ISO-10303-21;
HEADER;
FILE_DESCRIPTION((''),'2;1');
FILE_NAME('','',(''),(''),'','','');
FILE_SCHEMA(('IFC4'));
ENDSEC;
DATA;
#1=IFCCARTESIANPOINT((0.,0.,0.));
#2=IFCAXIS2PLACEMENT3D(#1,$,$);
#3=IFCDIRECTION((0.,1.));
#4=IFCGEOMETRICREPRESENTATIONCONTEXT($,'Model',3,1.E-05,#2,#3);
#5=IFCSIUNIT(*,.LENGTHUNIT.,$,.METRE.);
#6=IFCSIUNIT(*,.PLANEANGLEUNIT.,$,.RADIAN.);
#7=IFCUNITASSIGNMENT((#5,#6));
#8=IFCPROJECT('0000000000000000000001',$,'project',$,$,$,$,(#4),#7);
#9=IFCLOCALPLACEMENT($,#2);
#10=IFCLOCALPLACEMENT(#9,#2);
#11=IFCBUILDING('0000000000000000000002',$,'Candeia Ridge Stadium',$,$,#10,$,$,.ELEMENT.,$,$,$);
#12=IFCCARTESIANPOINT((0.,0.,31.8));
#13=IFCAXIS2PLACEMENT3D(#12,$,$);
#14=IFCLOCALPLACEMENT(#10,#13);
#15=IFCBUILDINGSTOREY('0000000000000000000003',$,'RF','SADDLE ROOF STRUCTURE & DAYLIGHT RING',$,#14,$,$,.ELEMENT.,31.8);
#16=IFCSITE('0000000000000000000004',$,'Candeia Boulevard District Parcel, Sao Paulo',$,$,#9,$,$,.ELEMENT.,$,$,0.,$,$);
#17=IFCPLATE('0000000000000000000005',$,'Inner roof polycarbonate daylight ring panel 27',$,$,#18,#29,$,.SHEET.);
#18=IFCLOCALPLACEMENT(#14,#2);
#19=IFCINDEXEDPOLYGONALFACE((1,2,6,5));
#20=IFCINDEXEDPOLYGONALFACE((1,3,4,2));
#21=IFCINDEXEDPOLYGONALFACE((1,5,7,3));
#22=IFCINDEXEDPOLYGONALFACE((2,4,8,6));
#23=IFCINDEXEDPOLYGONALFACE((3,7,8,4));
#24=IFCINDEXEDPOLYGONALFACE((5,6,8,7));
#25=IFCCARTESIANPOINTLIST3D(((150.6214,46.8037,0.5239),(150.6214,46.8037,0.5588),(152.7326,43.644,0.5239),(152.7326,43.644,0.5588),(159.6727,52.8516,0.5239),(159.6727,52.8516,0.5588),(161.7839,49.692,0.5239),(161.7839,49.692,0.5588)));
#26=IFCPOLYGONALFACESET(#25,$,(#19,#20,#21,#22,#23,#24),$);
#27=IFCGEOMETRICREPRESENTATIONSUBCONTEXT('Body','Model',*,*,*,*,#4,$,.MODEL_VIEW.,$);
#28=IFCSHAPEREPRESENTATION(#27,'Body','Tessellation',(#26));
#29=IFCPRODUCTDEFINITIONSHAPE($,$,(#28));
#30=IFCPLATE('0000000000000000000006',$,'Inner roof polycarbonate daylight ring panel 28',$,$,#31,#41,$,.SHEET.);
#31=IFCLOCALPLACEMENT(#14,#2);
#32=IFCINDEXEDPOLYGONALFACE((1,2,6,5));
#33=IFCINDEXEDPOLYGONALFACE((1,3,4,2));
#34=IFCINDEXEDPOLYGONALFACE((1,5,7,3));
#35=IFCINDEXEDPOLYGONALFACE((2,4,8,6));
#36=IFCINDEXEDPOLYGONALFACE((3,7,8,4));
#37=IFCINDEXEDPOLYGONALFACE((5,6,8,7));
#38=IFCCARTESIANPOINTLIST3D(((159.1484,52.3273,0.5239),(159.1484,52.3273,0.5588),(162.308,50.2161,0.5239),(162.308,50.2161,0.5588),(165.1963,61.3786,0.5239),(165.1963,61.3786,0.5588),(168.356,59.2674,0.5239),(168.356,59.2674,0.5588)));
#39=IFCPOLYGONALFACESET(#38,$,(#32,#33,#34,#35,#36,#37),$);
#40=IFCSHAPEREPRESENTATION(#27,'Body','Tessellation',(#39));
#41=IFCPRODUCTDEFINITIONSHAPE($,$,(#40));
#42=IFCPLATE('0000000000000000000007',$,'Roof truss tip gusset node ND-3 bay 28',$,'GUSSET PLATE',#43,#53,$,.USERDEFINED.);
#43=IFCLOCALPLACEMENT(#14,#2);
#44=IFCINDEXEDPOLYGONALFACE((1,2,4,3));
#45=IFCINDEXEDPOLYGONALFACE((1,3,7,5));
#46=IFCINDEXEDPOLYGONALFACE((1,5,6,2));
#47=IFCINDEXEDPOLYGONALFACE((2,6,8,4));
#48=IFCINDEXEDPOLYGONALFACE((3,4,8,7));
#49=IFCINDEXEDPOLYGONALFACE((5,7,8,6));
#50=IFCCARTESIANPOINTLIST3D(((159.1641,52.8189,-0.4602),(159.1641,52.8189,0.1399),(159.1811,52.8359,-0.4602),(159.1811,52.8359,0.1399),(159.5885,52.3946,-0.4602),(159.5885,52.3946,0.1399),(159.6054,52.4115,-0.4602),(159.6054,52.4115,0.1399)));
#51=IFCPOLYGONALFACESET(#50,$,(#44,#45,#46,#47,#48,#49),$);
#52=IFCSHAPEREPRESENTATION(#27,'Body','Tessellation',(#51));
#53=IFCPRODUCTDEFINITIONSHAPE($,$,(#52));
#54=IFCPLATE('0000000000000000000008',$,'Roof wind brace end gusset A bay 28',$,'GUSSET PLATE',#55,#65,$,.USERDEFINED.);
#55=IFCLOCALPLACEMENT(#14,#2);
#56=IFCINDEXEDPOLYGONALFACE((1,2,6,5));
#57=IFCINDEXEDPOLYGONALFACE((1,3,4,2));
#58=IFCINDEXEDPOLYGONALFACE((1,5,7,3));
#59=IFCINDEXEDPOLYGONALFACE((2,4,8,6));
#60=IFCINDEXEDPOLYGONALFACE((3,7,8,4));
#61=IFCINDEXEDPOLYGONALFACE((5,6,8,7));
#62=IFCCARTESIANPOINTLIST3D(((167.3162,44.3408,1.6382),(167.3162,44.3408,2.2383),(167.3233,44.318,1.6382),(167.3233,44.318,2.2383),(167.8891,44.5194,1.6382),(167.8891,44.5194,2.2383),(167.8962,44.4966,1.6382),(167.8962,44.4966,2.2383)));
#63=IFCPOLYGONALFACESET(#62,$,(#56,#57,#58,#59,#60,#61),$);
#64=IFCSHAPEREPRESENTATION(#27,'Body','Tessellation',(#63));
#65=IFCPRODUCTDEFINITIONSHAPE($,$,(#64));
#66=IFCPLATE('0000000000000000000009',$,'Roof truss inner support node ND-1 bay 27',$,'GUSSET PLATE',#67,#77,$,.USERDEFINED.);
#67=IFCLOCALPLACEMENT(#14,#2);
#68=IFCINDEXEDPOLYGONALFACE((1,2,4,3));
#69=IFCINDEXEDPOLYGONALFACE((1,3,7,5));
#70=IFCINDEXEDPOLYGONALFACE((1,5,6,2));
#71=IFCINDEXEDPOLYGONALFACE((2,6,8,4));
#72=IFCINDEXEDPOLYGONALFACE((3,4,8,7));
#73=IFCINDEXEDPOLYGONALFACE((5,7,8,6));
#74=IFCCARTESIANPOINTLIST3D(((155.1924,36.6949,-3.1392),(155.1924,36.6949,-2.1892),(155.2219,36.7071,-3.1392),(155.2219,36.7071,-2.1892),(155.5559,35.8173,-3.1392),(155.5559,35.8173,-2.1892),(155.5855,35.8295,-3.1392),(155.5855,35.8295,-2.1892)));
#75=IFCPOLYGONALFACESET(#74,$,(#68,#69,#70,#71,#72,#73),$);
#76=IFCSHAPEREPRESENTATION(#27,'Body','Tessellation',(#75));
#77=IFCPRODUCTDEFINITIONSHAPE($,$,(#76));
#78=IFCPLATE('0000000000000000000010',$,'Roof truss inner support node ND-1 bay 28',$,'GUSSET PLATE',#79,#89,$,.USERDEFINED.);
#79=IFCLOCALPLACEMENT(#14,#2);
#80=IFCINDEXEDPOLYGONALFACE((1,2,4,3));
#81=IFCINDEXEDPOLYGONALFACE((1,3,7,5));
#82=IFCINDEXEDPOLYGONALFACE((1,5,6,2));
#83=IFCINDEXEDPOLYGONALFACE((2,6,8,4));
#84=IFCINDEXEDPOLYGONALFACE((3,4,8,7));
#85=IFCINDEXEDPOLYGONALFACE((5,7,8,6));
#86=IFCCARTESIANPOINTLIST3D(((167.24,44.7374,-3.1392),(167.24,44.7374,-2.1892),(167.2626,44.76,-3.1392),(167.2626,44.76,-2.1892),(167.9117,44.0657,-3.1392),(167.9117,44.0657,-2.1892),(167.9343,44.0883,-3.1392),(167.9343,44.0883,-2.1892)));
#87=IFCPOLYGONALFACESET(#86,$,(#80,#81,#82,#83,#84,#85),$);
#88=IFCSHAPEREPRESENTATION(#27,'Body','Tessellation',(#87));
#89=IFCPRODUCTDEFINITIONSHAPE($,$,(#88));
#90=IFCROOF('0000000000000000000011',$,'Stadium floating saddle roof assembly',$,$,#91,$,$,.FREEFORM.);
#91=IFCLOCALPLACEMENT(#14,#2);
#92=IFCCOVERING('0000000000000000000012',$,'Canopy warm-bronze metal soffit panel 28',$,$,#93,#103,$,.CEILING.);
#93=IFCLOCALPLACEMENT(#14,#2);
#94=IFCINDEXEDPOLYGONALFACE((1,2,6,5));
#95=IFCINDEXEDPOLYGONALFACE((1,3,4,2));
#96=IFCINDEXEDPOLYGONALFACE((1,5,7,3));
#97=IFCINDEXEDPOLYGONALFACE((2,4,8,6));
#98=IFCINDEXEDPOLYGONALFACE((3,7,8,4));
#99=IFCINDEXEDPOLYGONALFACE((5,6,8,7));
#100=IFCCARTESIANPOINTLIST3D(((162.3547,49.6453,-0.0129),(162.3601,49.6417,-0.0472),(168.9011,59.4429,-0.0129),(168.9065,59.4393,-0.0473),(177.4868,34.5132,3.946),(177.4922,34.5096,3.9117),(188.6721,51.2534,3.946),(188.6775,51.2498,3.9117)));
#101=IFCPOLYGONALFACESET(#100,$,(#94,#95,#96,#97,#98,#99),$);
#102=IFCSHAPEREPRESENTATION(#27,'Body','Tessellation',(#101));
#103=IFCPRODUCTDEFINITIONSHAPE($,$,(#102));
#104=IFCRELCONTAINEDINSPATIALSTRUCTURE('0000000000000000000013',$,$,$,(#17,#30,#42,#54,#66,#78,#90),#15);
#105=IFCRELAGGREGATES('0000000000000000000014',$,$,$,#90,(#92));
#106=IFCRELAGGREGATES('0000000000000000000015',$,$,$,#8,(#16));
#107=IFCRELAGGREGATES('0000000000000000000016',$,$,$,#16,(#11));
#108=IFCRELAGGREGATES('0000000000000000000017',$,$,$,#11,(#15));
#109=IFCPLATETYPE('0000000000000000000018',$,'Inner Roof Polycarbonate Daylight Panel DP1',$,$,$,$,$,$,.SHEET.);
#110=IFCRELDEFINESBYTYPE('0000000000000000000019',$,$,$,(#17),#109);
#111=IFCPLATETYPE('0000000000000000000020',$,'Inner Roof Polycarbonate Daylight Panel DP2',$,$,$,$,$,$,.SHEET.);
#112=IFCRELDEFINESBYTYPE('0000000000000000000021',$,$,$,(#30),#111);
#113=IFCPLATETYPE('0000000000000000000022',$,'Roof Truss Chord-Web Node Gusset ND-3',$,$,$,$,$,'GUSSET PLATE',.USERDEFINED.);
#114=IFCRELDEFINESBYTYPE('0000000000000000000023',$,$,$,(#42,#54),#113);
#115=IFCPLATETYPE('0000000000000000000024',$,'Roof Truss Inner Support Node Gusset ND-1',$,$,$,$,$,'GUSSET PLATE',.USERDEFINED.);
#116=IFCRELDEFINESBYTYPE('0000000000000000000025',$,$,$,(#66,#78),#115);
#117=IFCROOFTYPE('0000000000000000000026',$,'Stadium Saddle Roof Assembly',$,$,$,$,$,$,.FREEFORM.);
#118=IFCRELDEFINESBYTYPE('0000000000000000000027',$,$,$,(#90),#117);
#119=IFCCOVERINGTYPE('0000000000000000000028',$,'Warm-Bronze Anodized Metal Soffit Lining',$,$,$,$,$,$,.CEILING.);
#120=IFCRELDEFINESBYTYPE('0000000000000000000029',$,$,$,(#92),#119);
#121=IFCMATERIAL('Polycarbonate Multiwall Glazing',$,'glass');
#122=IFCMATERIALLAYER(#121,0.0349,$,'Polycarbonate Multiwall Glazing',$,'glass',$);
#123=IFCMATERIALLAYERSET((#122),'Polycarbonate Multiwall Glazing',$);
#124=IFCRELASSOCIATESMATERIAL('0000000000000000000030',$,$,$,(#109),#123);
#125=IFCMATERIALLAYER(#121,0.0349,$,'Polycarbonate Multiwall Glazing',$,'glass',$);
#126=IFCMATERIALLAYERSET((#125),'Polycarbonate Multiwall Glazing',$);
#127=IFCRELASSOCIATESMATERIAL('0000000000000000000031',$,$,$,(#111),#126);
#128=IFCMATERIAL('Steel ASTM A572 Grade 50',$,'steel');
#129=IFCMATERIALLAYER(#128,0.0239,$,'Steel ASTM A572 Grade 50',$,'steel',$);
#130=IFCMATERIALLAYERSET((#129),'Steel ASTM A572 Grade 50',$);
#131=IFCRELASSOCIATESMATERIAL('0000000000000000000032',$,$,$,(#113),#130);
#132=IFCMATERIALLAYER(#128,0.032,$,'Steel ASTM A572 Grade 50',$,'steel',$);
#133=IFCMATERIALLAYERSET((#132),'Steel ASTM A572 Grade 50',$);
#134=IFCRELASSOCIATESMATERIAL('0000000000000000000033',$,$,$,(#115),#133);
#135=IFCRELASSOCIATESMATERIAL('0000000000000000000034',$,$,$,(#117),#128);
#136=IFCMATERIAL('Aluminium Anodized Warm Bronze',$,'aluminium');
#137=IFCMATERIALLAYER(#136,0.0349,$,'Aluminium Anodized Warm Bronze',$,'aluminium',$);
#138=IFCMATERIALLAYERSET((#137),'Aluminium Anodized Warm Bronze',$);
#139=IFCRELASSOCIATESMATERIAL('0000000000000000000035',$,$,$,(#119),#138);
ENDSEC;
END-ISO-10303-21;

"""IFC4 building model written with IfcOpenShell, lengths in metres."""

from ifc_helpers import new_model, si_unit, direction, frame, origin, origin_2d, place, context, subcontext, project, spatial, polyline, rectangle, outline, extrude, material, layer, layer_set, type_object, element, aggregate, save


model = new_model("IFC4")

# Units and contexts
model_context = context("Model", 3, precision=1e-05, world=origin(), true_north=direction((0.0, 1.0)))
body_context = subcontext(model_context, "Body", "Model", "MODEL_VIEW")
ifc_project = project(units=[si_unit("LENGTHUNIT", "METRE"), si_unit("PLANEANGLEUNIT", "RADIAN")], contexts=[model_context])

# Site, building, storey
site_placement = place(None, origin())
site = spatial("IfcSite", under=ifc_project, at=site_placement, Name="Candeia Boulevard District Parcel, Sao Paulo", CompositionType="ELEMENT", RefElevation=0.0)
building_placement = place(site_placement, origin())
building = spatial("IfcBuilding", under=site, at=building_placement, Name="Candeia Ridge Stadium", CompositionType="ELEMENT")
storey_placement = place(building_placement, frame((0.0, 0.0, 31.8)))
storey = spatial("IfcBuildingStorey", under=building, at=storey_placement, Name="RF", Description="SADDLE ROOF STRUCTURE & DAYLIGHT RING", CompositionType="ELEMENT", Elevation=31.8)

# Shared definitions
ifc_material_1 = material(Name="Steel ASTM A572 Grade 50", Category="steel")

# Plates
ifc_material_2 = material(Name="Polycarbonate Multiwall Glazing", Category="glass")
ifc_layer_1 = layer(ifc_material_2, 0.0349, Name="Polycarbonate Multiwall Glazing", Category="glass")
ifc_layer_set_1 = layer_set([ifc_layer_1], Name="Polycarbonate Multiwall Glazing")
plate_type_1 = type_object("IfcPlateType", Name="Inner Roof Polycarbonate Daylight Panel DP1", PredefinedType="SHEET", material=ifc_layer_set_1)
plate_1_placement = place(storey_placement, frame((156.2026, 48.2478, 0.5239), z_axis=(0.0, 0.0, 1.0), x_axis=(0.83147, 0.55557, 0.0)))
element("IfcPlate", 1, at=plate_1_placement, inside=storey, type_object=plate_type_1, Name="Inner roof polycarbonate daylight ring panel 27", PredefinedType="SHEET", context=body_context, shape_type="SweptSolid", body=[
    extrude(rectangle(XDim=10.886, YDim=3.8, at=origin_2d()), origin(), (0.0, 0.0, 1.0), 0.0349),
])
ifc_layer_2 = layer(ifc_material_2, 0.0349, Name="Polycarbonate Multiwall Glazing", Category="glass")
ifc_layer_set_2 = layer_set([ifc_layer_2], Name="Polycarbonate Multiwall Glazing")
plate_type_2 = type_object("IfcPlateType", Name="Inner Roof Polycarbonate Daylight Panel DP2", PredefinedType="SHEET", material=ifc_layer_set_2)
plate_2_placement = place(storey_placement, frame((163.7522, 55.7974, 0.5239), z_axis=(0.0, 0.0, 1.0), x_axis=(0.55557, 0.83147, 0.0)))
element("IfcPlate", 2, at=plate_2_placement, inside=storey, type_object=plate_type_2, Name="Inner roof polycarbonate daylight ring panel 28", PredefinedType="SHEET", context=body_context, shape_type="SweptSolid", body=[
    extrude(rectangle(XDim=10.886, YDim=3.8, at=origin_2d()), origin(), (0.0, 0.0, 1.0), 0.0349),
])
ifc_layer_3 = layer(ifc_material_1, 0.0239, Name="Steel ASTM A572 Grade 50", Category="steel")
ifc_layer_set_3 = layer_set([ifc_layer_3], Name="Steel ASTM A572 Grade 50")
plate_type_3 = type_object("IfcPlateType", Name="Roof Truss Chord-Web Node Gusset ND-3", ElementType="GUSSET PLATE", PredefinedType="USERDEFINED", material=ifc_layer_set_3)
for number, where, z_axis, x_axis, name in (
    (3, (159.3848, 52.6152, -0.4602), (0.0, 0.0, 1.0), (0.707107, -0.707107, 0.0), "Roof truss tip gusset node ND-3 bay 28"),
    (4, (167.6062, 44.4187, 1.6382), (0.0, 0.0, 1.0), (0.954693, 0.297591, 0.0), "Roof wind brace end gusset A bay 28"),
):
    element("IfcPlate", number, at=place(storey_placement, frame(where, z_axis=z_axis, x_axis=x_axis)), inside=storey, type_object=plate_type_3, Name=name, ObjectType="GUSSET PLATE", PredefinedType="USERDEFINED", context=body_context, shape_type="SweptSolid", body=[
        extrude(rectangle(XDim=0.6001, YDim=0.0239, at=origin_2d()), origin(), (0.0, 0.0, 1.0), 0.6001),
    ])
ifc_layer_4 = layer(ifc_material_1, 0.032, Name="Steel ASTM A572 Grade 50", Category="steel")
ifc_layer_set_4 = layer_set([ifc_layer_4], Name="Steel ASTM A572 Grade 50")
plate_type_4 = type_object("IfcPlateType", Name="Roof Truss Inner Support Node Gusset ND-1", ElementType="GUSSET PLATE", PredefinedType="USERDEFINED", material=ifc_layer_set_4)
for number, where, z_axis, x_axis, name in (
    (5, (155.3889, 36.2622, -3.1392), (0.0, 0.0, 1.0), (0.382683, -0.92388, 0.0), "Roof truss inner support node ND-1 bay 27"),
    (6, (167.5872, 44.4128, -3.1392), (0.0, 0.0, 1.0), (0.707107, -0.707107, 0.0), "Roof truss inner support node ND-1 bay 28"),
):
    element("IfcPlate", number, at=place(storey_placement, frame(where, z_axis=z_axis, x_axis=x_axis)), inside=storey, type_object=plate_type_4, Name=name, ObjectType="GUSSET PLATE", PredefinedType="USERDEFINED", context=body_context, shape_type="SweptSolid", body=[
        extrude(rectangle(XDim=0.95, YDim=0.032, at=origin_2d()), origin(), (0.0, 0.0, 1.0), 0.95),
    ])

# Roof, covering
roof_type = type_object("IfcRoofType", Name="Stadium Saddle Roof Assembly", PredefinedType="FREEFORM", material=ifc_material_1)
roof_placement = place(storey_placement, origin())
roof = element("IfcRoof", 7, at=roof_placement, inside=storey, type_object=roof_type, Name="Stadium floating saddle roof assembly", PredefinedType="FREEFORM")
ifc_material_3 = material(Name="Aluminium Anodized Warm Bronze", Category="aluminium")
ifc_layer_5 = layer(ifc_material_3, 0.0349, Name="Aluminium Anodized Warm Bronze", Category="aluminium")
ifc_layer_set_5 = layer_set([ifc_layer_5], Name="Aluminium Anodized Warm Bronze")
covering_type = type_object("IfcCoveringType", Name="Warm-Bronze Anodized Metal Soffit Lining", PredefinedType="CEILING", material=ifc_layer_set_5)
covering_placement = place(storey_placement, frame((162.3547, 49.6453, -0.0129), z_axis=(-0.154118, 0.102976, 0.982672), x_axis=(0.555561, 0.831476, -0.000001)))
covering = element("IfcCovering", 8, at=covering_placement, type_object=covering_type, Name="Canopy warm-bronze metal soffit panel 28", PredefinedType="CEILING", context=body_context, shape_type="SweptSolid", body=[
    extrude(outline(polyline([(0.0, 0.0), (11.7834, 0.0), (15.958, -21.359), (-4.1752, -21.3589), (0.0, 0.0)])), origin(), (0.0, 0.0, -1.0), 0.0349),
])
aggregate(roof, [covering])

save(model, "model.ifc")
